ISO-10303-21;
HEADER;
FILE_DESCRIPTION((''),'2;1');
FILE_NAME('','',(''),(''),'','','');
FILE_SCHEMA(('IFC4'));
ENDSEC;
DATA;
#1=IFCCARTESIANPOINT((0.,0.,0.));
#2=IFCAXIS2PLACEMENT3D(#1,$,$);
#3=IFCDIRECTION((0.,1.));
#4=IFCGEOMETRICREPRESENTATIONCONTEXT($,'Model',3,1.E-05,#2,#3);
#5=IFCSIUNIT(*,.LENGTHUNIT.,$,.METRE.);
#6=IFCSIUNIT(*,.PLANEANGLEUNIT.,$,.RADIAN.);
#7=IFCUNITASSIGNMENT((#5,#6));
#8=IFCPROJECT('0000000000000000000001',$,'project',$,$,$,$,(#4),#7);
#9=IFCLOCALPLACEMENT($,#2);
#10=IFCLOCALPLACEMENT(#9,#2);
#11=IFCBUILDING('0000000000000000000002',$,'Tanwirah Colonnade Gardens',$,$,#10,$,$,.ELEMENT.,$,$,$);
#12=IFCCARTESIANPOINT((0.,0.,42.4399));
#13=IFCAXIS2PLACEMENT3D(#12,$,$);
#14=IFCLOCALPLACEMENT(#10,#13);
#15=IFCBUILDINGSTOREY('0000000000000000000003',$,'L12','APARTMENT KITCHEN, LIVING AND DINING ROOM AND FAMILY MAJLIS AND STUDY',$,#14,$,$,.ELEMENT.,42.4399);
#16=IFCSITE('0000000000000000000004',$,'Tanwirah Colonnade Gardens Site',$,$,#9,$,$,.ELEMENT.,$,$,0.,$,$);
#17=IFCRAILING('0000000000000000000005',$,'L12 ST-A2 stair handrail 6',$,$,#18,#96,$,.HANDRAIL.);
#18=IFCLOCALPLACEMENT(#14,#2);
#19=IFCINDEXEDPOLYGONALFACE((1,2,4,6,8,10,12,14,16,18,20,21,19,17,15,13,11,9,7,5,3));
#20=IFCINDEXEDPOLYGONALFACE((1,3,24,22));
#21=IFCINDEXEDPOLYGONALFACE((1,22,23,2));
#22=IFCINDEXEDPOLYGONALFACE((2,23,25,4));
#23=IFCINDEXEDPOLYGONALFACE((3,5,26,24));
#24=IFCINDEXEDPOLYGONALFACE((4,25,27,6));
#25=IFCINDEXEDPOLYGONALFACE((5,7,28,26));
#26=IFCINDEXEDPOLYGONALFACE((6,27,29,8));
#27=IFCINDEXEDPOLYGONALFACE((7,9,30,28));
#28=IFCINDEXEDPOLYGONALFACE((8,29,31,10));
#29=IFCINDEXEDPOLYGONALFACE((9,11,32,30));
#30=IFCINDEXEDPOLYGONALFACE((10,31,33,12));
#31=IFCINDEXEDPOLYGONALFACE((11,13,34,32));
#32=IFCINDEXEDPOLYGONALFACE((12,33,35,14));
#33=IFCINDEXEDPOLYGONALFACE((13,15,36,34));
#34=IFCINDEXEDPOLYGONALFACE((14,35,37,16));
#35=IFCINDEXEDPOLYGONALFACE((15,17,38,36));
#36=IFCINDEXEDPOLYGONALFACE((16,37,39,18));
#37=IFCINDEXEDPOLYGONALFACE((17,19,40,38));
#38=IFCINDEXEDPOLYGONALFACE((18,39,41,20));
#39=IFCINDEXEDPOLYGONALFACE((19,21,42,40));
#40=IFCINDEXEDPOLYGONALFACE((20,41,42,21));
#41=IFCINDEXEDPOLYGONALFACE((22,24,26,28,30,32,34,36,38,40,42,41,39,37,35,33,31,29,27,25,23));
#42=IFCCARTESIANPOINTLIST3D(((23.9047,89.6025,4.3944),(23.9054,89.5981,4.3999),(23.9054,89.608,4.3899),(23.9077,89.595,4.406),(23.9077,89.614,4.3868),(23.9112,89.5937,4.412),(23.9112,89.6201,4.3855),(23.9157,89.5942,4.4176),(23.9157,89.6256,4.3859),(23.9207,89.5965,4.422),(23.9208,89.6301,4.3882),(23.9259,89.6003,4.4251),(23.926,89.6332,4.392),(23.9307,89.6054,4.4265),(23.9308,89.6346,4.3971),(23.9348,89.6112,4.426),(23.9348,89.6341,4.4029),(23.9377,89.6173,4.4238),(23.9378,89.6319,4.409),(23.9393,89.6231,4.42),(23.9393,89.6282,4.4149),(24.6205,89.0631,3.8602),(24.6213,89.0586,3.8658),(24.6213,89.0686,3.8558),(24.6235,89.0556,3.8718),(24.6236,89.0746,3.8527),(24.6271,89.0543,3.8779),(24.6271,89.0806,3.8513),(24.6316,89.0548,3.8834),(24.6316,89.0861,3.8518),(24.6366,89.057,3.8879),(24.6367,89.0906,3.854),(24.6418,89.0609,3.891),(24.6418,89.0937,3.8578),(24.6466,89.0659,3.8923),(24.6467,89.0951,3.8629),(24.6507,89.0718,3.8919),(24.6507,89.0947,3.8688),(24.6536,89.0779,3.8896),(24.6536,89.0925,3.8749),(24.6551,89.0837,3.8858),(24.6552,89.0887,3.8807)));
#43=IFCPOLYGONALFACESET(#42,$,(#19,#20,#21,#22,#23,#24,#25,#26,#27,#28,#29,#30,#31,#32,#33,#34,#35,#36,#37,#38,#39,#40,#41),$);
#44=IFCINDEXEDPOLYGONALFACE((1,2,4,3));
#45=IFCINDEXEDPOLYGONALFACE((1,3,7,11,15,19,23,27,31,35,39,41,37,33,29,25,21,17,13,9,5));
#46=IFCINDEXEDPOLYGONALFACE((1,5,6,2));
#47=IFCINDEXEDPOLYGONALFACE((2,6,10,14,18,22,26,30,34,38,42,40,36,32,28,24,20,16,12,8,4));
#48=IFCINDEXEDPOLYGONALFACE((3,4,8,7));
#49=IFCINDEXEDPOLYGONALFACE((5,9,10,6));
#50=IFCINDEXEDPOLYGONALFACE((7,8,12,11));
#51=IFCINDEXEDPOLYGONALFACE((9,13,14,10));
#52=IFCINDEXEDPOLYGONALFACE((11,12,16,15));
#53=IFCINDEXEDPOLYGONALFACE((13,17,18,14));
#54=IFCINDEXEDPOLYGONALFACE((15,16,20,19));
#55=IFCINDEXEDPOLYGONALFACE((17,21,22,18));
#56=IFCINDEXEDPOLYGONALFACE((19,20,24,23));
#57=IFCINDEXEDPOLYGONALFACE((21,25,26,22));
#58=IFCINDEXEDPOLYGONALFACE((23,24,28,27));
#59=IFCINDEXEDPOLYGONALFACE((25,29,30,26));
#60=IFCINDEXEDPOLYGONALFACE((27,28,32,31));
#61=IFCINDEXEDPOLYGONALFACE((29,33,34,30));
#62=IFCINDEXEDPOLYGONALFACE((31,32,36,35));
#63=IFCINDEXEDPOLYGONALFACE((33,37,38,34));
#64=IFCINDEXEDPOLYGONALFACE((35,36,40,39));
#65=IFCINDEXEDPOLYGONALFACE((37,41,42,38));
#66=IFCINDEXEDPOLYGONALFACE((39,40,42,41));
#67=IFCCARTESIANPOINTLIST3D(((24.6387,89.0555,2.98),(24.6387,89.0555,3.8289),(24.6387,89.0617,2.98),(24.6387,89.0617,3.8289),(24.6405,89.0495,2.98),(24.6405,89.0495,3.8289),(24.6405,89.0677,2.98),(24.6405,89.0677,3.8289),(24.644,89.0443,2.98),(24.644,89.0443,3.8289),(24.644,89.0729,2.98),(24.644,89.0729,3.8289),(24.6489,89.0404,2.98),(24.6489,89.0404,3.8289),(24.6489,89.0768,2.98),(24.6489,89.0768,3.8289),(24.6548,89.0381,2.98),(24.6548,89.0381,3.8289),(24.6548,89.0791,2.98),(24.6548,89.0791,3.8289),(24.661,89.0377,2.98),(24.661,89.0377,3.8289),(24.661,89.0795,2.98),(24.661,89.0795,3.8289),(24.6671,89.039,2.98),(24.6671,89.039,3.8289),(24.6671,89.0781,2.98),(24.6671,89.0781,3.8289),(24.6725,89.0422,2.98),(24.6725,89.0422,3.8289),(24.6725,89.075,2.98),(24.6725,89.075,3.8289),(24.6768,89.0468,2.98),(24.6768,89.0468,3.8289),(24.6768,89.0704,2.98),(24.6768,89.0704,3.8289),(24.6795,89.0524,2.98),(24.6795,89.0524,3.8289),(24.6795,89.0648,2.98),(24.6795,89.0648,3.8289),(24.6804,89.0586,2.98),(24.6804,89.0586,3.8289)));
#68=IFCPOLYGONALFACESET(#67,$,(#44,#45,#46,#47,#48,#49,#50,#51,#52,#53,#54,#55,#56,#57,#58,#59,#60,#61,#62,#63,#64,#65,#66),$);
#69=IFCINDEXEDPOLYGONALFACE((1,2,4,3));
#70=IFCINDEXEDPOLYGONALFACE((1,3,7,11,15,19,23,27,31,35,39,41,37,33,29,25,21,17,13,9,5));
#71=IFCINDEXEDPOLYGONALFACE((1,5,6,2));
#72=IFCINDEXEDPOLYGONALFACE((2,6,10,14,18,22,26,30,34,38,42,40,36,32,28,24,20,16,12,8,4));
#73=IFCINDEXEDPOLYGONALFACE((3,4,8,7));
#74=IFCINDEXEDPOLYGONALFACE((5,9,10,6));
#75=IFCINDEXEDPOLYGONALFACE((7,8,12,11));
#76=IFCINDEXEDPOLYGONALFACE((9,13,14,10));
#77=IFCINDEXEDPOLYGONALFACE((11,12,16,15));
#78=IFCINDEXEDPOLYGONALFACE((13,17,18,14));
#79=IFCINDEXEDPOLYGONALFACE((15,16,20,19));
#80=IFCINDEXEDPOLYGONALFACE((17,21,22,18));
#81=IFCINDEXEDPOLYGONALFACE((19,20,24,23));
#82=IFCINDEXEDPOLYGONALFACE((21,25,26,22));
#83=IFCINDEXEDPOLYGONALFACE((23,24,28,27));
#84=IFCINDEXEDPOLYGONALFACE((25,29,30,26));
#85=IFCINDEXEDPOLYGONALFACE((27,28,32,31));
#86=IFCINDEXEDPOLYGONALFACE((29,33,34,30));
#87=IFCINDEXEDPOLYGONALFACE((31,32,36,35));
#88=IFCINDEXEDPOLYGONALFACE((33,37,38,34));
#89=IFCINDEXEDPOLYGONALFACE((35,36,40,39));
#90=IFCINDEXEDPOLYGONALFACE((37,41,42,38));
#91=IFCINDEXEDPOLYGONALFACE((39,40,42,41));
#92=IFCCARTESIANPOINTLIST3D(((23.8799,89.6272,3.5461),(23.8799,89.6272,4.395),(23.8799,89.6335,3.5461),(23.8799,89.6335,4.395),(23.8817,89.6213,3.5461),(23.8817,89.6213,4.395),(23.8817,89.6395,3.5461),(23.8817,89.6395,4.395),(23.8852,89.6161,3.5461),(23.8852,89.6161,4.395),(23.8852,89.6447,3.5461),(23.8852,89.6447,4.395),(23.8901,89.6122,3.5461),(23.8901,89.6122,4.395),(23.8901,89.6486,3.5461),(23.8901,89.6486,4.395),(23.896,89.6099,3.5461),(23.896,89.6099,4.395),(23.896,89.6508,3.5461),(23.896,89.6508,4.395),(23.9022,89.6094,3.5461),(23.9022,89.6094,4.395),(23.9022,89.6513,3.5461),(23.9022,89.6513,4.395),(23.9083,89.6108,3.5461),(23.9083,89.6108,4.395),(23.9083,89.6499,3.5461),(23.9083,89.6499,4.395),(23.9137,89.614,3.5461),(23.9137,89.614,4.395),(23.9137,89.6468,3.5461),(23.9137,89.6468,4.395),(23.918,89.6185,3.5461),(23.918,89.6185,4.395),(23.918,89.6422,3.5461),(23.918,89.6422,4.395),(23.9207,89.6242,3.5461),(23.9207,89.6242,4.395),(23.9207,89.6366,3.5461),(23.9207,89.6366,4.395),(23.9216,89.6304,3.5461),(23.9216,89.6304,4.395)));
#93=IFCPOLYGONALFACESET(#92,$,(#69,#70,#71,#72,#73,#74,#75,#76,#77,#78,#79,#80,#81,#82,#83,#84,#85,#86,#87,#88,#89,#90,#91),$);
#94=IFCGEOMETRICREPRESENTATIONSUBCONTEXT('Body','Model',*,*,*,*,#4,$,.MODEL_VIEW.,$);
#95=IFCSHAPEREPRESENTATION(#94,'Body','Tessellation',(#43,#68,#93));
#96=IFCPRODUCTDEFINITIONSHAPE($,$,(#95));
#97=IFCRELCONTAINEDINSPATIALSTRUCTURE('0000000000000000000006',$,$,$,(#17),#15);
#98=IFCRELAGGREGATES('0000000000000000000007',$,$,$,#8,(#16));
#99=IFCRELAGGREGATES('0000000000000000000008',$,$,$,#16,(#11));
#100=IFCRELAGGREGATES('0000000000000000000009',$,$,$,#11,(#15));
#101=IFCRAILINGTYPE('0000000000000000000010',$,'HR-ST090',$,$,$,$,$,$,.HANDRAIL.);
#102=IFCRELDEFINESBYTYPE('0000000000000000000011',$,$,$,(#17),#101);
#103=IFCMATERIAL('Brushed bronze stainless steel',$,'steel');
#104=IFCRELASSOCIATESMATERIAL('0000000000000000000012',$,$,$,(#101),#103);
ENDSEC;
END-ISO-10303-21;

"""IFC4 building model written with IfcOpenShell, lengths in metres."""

from ifc_helpers import new_model, si_unit, direction, frame, origin, origin_2d, place, context, subcontext, project, spatial, circle, extrude, material, type_object, element, save


model = new_model("IFC4")

# Units and contexts
model_context = context("Model", 3, precision=1e-05, world=origin(), true_north=direction((0.0, 1.0)))
body_context = subcontext(model_context, "Body", "Model", "MODEL_VIEW")
ifc_project = project(units=[si_unit("LENGTHUNIT", "METRE"), si_unit("PLANEANGLEUNIT", "RADIAN")], contexts=[model_context])

# Site, building, storey
site_placement = place(None, origin())
site = spatial("IfcSite", under=ifc_project, at=site_placement, Name="Tanwirah Colonnade Gardens Site", CompositionType="ELEMENT", RefElevation=0.0)
building_placement = place(site_placement, origin())
building = spatial("IfcBuilding", under=site, at=building_placement, Name="Tanwirah Colonnade Gardens", CompositionType="ELEMENT")
storey_placement = place(building_placement, frame((0.0, 0.0, 42.4399)))
storey = spatial("IfcBuildingStorey", under=building, at=storey_placement, Name="L12", Description="APARTMENT KITCHEN, LIVING AND DINING ROOM AND FAMILY MAJLIS AND STUDY", CompositionType="ELEMENT", Elevation=42.4399)

# Railing
ifc_material_1 = material(Name="Brushed bronze stainless steel", Category="steel")
railing_type = type_object("IfcRailingType", Name="HR-ST090", PredefinedType="HANDRAIL", material=ifc_material_1)
railing_placement = place(storey_placement, frame((24.6594, 89.0586, 2.98)))
element("IfcRailing", 1, at=railing_placement, inside=storey, type_object=railing_type, Name="L12 ST-A2 stair handrail 6", PredefinedType="HANDRAIL", context=body_context, shape_type="SweptSolid", body=[
    extrude(circle(Radius=0.0239, at=origin_2d()), frame((-0.0215, 0.0161, 0.8918), z_axis=(-0.686068, 0.516979, 0.511902), x_axis=(-0.601807, -0.798641, 0.0)), (0.0, 0.0, 1.0), 1.0435),
    extrude(circle(Radius=0.021, at=origin_2d()), origin(), (0.0, 0.0, 1.0), 0.8489),
    extrude(circle(Radius=0.021, at=origin_2d()), frame((-0.7588, 0.5718, 0.5662)), (0.0, 0.0, 1.0), 0.8489),
])

save(model, "model.ifc")
